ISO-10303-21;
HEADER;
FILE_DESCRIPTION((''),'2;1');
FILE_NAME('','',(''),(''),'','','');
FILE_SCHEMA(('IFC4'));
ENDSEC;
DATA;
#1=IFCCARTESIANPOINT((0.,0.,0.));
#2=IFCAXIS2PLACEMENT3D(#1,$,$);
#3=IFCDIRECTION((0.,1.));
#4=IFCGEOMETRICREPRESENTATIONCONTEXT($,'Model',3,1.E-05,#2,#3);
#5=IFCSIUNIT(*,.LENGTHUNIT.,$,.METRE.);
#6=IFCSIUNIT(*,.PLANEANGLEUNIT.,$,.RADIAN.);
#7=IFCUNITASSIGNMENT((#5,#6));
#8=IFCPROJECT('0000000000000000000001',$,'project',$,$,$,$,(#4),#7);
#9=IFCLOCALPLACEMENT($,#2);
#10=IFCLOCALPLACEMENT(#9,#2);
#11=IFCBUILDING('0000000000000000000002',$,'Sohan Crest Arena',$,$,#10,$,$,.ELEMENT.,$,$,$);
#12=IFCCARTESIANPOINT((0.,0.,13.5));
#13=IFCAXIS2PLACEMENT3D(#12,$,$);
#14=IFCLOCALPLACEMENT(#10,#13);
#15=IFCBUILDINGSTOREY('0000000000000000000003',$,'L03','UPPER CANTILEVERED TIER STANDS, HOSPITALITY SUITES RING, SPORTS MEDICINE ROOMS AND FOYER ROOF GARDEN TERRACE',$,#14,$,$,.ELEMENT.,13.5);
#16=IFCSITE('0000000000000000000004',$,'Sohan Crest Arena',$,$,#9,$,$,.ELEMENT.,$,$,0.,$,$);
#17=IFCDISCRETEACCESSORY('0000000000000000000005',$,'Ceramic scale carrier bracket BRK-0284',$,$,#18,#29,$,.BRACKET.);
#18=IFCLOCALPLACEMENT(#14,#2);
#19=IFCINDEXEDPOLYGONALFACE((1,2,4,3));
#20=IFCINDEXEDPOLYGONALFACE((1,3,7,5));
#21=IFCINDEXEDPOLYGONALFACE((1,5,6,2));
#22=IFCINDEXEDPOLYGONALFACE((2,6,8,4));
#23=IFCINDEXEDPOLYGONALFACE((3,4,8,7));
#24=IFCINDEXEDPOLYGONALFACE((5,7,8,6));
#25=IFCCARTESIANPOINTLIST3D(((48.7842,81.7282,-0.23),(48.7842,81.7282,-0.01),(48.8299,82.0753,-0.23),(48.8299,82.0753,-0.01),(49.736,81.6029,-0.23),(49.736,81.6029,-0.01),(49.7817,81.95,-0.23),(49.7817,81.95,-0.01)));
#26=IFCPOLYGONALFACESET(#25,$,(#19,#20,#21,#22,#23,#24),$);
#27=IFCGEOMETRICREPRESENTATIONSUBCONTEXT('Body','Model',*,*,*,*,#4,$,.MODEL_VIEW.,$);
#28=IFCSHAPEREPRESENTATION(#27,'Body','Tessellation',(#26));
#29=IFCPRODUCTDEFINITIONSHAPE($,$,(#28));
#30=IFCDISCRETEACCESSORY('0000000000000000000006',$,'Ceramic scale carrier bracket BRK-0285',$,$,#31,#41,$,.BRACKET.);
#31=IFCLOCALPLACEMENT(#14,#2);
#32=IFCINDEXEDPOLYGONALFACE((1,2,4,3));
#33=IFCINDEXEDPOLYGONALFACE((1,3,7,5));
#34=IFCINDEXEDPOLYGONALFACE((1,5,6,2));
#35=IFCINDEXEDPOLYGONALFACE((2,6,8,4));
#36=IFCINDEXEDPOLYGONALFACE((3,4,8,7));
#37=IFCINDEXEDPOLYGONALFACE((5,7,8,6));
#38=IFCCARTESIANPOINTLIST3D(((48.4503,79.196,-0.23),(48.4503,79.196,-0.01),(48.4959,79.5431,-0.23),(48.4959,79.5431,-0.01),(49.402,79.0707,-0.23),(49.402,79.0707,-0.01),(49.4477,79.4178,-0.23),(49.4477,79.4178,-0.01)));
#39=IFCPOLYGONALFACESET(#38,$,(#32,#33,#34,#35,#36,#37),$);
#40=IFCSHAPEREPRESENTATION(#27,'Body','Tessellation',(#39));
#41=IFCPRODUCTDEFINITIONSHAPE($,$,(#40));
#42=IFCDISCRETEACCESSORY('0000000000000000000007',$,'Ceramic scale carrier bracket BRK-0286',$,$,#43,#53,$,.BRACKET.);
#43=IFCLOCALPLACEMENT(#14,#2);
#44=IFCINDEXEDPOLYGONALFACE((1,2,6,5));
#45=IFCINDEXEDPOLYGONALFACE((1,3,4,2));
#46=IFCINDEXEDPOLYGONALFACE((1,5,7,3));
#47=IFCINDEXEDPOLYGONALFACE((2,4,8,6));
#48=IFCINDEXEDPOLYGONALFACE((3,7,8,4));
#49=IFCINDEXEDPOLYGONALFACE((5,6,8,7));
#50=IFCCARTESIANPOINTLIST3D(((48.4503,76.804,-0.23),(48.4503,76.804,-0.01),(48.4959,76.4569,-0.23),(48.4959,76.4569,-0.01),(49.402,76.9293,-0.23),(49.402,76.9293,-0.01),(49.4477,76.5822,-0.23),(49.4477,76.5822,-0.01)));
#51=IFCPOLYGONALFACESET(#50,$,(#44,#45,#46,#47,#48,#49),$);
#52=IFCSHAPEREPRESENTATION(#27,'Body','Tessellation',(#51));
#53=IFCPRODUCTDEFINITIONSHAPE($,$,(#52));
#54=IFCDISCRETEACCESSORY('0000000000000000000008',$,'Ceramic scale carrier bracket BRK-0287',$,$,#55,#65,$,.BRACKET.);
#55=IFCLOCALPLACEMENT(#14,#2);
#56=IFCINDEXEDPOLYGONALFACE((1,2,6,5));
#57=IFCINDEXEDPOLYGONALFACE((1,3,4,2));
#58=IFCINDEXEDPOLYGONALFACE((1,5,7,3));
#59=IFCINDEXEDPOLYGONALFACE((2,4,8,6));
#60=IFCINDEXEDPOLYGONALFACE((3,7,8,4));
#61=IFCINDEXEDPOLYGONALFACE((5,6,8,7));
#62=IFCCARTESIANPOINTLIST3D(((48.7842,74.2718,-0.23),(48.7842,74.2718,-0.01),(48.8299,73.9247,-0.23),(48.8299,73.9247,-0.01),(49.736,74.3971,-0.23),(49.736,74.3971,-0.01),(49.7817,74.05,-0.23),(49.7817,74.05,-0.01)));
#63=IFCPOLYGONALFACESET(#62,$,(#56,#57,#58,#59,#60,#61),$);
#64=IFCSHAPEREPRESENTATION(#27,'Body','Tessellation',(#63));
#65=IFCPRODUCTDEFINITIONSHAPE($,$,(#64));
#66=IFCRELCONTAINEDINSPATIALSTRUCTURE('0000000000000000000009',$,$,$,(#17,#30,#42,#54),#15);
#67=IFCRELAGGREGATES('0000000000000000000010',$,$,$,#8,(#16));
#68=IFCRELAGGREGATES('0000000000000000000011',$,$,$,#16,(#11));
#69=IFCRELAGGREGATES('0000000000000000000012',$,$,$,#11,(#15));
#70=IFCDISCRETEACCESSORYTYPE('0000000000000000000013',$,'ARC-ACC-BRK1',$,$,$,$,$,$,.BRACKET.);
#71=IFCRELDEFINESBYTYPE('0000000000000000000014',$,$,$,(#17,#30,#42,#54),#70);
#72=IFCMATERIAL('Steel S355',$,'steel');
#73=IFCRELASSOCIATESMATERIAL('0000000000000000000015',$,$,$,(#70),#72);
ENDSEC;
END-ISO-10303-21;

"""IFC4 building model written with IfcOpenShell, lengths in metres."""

from ifc_helpers import new_model, si_unit, direction, frame, origin, origin_2d, place, context, subcontext, project, spatial, rectangle, extrude, material, type_object, element, save


model = new_model("IFC4")

# Units and contexts
model_context = context("Model", 3, precision=1e-05, world=origin(), true_north=direction((0.0, 1.0)))
body_context = subcontext(model_context, "Body", "Model", "MODEL_VIEW")
ifc_project = project(units=[si_unit("LENGTHUNIT", "METRE"), si_unit("PLANEANGLEUNIT", "RADIAN")], contexts=[model_context])

# Site, building, storey
site_placement = place(None, origin())
site = spatial("IfcSite", under=ifc_project, at=site_placement, Name="Sohan Crest Arena", CompositionType="ELEMENT", RefElevation=0.0)
building_placement = place(site_placement, origin())
building = spatial("IfcBuilding", under=site, at=building_placement, Name="Sohan Crest Arena", CompositionType="ELEMENT")
storey_placement = place(building_placement, frame((0.0, 0.0, 13.5)))
storey = spatial("IfcBuildingStorey", under=building, at=storey_placement, Name="L03", Description="UPPER CANTILEVERED TIER STANDS, HOSPITALITY SUITES RING, SPORTS MEDICINE ROOMS AND FOYER ROOF GARDEN TERRACE", CompositionType="ELEMENT", Elevation=13.5)

# Discrete accessories
ifc_material_1 = material(Name="Steel S355", Category="steel")
discrete_accessory_type = type_object("IfcDiscreteAccessoryType", Name="ARC-ACC-BRK1", PredefinedType="BRACKET", material=ifc_material_1)
for number, where, z_axis, x_axis, name in (
    (1, (49.283, 81.8391, -0.23), (0.0, 0.0, 1.0), (-0.130526, -0.991445, 0.0), "Ceramic scale carrier bracket BRK-0284"),
    (2, (48.949, 79.3069, -0.23), (0.0, 0.0, 1.0), (-0.130526, -0.991445, 0.0), "Ceramic scale carrier bracket BRK-0285"),
    (3, (48.949, 76.6931, -0.23), (0.0, 0.0, 1.0), (0.130526, -0.991445, 0.0), "Ceramic scale carrier bracket BRK-0286"),
    (4, (49.283, 74.1609, -0.23), (0.0, 0.0, 1.0), (0.130526, -0.991445, 0.0), "Ceramic scale carrier bracket BRK-0287"),
):
    element("IfcDiscreteAccessory", number, at=place(storey_placement, frame(where, z_axis=z_axis, x_axis=x_axis)), inside=storey, type_object=discrete_accessory_type, Name=name, PredefinedType="BRACKET", context=body_context, shape_type="SweptSolid", body=[
        extrude(rectangle(XDim=0.3501, YDim=0.96, at=origin_2d()), origin(), (0.0, 0.0, 1.0), 0.22),
    ])

save(model, "model.ifc")
